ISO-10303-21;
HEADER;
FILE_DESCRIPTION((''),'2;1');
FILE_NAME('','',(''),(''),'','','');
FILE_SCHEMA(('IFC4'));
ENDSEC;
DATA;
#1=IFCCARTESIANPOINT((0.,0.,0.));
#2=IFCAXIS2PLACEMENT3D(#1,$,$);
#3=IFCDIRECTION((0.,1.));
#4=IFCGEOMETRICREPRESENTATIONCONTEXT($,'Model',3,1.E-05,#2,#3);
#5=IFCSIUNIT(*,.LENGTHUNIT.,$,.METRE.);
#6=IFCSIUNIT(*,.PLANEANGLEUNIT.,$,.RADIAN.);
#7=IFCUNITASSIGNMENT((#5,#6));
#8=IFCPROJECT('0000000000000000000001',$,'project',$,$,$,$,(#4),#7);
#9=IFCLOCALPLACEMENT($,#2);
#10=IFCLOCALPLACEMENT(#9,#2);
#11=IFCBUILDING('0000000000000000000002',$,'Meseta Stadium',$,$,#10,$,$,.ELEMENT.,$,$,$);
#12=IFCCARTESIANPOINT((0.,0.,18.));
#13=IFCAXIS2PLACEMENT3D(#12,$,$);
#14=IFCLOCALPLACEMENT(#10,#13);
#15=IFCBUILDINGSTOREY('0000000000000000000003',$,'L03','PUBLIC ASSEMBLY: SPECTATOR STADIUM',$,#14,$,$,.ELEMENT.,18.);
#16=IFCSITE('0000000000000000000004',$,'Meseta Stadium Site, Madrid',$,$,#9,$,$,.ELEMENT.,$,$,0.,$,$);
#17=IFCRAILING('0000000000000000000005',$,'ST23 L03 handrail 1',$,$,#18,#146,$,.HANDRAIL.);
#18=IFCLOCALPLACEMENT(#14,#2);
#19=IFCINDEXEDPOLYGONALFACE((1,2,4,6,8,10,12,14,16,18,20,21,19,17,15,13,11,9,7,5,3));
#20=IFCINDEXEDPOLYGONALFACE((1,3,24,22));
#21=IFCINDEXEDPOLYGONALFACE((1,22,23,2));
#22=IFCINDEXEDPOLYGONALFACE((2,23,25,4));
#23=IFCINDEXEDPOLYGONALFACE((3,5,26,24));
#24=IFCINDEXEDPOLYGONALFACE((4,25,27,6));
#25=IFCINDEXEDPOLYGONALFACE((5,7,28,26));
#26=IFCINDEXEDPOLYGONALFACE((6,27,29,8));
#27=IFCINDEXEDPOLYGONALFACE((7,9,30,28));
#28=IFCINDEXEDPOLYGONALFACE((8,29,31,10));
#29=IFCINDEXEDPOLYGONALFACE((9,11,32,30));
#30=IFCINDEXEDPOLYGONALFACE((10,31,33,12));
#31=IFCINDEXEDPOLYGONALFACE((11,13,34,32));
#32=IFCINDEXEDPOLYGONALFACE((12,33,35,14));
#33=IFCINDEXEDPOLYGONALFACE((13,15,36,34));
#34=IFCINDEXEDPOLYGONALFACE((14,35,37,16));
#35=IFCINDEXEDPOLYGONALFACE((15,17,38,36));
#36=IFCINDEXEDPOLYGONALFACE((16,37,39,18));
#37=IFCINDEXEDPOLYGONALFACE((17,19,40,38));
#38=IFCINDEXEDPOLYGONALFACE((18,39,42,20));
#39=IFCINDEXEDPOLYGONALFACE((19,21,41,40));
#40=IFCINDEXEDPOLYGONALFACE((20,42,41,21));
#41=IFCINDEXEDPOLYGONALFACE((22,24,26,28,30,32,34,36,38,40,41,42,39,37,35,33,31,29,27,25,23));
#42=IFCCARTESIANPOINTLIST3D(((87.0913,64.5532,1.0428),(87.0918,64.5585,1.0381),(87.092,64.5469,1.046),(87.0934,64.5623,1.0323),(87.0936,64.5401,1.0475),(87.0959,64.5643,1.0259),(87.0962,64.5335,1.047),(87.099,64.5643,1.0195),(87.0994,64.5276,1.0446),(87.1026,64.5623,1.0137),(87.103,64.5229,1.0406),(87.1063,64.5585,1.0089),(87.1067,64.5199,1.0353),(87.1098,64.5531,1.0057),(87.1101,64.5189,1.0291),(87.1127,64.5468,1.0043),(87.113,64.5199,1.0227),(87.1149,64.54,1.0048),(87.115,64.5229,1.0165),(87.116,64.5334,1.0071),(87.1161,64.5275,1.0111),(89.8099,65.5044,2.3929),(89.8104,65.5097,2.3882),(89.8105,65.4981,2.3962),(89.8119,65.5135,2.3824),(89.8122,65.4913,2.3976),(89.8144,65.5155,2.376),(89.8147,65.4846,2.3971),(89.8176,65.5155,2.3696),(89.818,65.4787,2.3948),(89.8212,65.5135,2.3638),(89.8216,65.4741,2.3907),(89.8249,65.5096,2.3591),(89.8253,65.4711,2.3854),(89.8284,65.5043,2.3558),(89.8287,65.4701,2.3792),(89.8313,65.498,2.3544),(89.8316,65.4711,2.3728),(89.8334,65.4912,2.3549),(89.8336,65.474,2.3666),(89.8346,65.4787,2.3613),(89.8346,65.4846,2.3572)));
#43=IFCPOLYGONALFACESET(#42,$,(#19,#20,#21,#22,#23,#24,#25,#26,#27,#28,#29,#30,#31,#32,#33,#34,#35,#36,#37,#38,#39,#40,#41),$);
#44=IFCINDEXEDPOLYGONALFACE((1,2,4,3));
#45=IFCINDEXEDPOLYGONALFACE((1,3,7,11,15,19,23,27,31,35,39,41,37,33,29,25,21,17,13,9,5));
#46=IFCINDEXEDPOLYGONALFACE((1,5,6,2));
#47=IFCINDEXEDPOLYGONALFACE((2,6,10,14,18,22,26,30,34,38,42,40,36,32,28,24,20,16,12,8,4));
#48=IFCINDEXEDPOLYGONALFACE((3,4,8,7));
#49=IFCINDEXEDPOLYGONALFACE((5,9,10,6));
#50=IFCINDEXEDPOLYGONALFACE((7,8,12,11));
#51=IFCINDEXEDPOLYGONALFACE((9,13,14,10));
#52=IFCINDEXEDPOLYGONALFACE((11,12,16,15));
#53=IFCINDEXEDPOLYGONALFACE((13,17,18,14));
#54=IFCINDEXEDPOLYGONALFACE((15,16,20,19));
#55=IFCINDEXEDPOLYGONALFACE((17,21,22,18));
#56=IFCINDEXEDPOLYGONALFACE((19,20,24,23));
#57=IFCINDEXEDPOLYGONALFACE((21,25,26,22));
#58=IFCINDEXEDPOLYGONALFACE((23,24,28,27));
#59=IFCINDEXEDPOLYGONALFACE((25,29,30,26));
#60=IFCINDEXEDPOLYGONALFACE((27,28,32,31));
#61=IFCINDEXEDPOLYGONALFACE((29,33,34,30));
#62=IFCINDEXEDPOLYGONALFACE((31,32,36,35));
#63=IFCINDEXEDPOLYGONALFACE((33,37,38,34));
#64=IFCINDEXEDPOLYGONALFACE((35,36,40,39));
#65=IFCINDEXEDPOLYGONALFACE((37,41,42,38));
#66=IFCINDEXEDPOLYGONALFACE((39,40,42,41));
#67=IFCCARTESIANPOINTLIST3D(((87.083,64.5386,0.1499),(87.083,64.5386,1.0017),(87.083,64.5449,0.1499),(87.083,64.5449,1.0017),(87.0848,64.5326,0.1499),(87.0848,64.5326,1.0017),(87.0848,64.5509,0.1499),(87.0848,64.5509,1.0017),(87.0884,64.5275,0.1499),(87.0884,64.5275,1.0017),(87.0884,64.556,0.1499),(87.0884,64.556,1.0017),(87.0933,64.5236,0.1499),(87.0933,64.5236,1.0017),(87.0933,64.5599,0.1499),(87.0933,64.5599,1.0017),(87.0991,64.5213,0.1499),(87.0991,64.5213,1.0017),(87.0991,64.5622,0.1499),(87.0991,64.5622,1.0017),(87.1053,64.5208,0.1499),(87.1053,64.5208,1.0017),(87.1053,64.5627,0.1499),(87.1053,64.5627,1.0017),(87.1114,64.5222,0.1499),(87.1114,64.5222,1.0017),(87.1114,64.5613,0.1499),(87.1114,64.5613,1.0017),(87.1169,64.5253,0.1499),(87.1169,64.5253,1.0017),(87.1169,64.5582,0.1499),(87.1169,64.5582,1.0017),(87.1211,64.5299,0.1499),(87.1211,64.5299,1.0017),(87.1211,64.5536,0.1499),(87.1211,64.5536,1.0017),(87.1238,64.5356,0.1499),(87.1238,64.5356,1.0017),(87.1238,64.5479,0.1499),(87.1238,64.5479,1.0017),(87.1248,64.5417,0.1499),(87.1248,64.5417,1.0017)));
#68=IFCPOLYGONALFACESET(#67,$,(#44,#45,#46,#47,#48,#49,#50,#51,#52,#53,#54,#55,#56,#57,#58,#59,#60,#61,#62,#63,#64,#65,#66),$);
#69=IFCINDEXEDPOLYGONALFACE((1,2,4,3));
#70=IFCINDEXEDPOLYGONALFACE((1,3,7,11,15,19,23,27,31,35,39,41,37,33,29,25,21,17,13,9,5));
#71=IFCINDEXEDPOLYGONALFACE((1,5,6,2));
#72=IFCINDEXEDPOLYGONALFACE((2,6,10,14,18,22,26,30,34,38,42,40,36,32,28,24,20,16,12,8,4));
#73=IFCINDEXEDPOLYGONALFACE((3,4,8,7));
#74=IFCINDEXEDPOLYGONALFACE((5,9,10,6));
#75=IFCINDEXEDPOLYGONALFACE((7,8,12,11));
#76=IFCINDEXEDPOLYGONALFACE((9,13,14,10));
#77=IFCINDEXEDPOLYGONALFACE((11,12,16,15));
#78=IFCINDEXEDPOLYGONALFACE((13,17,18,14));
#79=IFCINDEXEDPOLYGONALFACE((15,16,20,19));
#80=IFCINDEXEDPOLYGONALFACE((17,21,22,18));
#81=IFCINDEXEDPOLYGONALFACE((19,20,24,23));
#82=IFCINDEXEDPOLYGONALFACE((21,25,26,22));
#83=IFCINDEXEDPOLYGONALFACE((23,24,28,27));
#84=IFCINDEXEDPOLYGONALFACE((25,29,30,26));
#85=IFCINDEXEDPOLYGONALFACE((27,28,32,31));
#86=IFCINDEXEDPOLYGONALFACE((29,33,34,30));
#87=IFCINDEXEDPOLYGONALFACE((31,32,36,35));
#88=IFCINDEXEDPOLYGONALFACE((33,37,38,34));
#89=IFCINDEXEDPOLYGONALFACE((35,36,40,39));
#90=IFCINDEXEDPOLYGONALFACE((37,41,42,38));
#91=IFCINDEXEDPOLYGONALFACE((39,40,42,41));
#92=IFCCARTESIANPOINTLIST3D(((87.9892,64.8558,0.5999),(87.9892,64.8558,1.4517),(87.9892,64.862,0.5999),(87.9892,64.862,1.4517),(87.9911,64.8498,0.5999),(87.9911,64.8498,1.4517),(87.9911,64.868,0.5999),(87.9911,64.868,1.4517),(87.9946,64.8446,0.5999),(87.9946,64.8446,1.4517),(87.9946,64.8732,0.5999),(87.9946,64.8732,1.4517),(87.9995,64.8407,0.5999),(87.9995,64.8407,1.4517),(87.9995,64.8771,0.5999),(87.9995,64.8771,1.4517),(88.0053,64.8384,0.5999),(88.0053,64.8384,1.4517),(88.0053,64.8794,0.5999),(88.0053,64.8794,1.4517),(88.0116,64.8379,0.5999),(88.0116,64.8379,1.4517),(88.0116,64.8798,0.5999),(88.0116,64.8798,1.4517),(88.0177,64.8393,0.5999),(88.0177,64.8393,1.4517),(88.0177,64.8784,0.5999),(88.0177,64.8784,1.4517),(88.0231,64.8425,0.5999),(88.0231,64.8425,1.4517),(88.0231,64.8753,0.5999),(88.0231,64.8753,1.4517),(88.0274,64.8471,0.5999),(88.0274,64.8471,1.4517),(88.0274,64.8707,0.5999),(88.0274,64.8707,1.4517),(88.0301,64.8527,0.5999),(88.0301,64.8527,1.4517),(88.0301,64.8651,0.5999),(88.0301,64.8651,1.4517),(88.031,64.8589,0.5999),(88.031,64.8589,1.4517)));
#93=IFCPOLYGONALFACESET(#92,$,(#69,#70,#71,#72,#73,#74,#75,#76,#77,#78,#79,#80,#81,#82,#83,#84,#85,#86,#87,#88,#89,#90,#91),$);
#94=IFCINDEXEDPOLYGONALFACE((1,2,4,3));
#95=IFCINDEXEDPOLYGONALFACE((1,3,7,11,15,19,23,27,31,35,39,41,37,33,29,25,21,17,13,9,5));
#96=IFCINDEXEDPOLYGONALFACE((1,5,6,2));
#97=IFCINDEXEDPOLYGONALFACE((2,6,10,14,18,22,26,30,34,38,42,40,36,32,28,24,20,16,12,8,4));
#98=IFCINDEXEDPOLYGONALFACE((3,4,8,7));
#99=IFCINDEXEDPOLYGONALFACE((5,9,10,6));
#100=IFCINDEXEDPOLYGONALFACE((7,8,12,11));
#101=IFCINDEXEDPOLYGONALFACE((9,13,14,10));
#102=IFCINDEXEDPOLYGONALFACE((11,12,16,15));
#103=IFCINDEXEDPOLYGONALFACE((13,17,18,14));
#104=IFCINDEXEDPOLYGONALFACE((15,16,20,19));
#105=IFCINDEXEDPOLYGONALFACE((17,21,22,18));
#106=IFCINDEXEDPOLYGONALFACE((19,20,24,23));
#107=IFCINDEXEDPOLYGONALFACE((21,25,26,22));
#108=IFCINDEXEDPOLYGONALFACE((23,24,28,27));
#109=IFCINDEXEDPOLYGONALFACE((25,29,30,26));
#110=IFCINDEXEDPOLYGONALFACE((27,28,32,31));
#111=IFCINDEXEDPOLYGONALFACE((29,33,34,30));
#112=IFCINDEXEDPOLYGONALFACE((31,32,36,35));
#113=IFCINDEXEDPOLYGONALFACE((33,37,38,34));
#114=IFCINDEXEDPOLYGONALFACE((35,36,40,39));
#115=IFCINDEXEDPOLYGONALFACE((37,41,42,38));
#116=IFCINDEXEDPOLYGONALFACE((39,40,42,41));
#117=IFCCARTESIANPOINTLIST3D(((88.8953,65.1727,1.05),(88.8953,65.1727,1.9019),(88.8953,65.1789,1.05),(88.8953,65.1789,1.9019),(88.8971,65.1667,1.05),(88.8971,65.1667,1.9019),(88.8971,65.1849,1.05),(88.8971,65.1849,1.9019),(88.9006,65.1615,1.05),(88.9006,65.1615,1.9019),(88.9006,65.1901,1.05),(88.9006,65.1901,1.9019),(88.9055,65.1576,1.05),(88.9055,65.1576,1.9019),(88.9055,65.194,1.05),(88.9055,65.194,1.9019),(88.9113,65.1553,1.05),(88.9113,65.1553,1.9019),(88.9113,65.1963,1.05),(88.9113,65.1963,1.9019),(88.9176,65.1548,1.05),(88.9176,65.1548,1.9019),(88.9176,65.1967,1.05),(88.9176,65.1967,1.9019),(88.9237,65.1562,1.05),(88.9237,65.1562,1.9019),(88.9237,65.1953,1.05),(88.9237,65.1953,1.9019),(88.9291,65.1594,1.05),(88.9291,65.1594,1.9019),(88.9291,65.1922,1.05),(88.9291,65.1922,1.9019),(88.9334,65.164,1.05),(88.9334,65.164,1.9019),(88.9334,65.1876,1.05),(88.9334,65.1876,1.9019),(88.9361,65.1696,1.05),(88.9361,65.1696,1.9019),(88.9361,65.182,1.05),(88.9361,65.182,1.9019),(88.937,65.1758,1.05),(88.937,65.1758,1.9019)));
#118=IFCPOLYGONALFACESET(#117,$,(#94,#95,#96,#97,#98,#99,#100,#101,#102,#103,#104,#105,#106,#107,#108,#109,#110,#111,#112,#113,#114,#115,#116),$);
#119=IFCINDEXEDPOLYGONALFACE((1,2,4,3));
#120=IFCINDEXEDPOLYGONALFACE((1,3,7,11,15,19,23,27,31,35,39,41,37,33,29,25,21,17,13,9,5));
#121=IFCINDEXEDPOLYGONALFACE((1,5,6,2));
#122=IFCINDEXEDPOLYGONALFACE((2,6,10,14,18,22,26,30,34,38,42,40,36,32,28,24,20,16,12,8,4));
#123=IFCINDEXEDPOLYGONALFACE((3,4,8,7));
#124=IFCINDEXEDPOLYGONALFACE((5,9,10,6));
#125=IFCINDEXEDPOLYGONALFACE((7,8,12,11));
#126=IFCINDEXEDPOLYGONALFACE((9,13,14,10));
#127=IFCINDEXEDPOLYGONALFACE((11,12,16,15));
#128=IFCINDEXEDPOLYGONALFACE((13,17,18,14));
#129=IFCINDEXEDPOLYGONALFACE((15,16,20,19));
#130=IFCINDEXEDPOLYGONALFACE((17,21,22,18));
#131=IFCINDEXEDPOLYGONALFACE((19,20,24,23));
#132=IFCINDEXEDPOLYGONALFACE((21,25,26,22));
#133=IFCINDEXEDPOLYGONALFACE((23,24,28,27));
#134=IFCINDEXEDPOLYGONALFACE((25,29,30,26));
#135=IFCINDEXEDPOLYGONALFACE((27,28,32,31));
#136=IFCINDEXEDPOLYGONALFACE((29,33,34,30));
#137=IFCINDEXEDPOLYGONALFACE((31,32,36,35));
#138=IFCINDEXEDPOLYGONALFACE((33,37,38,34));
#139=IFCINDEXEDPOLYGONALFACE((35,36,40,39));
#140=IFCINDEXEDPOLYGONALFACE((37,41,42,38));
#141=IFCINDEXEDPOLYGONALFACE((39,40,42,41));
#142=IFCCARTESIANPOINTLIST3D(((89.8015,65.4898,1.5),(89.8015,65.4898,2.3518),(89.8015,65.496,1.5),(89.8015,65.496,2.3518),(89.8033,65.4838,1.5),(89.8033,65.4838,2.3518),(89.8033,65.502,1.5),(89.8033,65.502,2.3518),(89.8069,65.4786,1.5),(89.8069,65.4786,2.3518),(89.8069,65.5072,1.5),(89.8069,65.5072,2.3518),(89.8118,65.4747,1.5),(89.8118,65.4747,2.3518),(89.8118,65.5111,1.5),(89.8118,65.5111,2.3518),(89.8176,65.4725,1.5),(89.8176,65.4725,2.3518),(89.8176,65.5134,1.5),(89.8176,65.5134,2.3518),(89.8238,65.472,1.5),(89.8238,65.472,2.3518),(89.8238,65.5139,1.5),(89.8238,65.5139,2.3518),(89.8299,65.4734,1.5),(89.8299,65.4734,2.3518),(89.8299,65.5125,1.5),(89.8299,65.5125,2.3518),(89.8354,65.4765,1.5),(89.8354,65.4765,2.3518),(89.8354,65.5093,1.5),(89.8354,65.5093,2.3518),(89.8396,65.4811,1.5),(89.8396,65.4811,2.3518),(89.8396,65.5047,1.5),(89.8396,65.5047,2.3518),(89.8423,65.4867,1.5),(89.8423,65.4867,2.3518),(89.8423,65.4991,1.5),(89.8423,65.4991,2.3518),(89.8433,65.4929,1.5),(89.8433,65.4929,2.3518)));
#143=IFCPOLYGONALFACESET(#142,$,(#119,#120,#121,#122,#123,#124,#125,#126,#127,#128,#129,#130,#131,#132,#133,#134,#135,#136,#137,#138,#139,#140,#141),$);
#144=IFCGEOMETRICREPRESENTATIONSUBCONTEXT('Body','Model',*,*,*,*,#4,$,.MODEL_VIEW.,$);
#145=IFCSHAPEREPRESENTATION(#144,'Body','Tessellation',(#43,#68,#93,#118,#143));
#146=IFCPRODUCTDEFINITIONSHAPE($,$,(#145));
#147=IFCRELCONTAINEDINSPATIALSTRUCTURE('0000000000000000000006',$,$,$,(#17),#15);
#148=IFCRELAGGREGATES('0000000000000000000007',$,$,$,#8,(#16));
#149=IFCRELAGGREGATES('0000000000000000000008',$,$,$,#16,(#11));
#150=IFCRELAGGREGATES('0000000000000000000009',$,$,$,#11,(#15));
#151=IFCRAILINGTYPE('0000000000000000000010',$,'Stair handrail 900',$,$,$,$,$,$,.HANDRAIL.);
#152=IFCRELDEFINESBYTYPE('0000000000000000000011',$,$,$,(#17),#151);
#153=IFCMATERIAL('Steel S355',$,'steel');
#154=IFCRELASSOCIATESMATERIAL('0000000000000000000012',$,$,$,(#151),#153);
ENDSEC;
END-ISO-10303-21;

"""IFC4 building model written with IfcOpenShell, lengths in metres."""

from ifc_helpers import new_model, si_unit, direction, frame, origin, origin_2d, place, context, subcontext, project, spatial, circle, extrude, material, type_object, element, save


model = new_model("IFC4")

# Units and contexts
model_context = context("Model", 3, precision=1e-05, world=origin(), true_north=direction((0.0, 1.0)))
body_context = subcontext(model_context, "Body", "Model", "MODEL_VIEW")
ifc_project = project(units=[si_unit("LENGTHUNIT", "METRE"), si_unit("PLANEANGLEUNIT", "RADIAN")], contexts=[model_context])

# Site, building, storey
site_placement = place(None, origin())
site = spatial("IfcSite", under=ifc_project, at=site_placement, Name="Meseta Stadium Site, Madrid", CompositionType="ELEMENT", RefElevation=0.0)
building_placement = place(site_placement, origin())
building = spatial("IfcBuilding", under=site, at=building_placement, Name="Meseta Stadium", CompositionType="ELEMENT")
storey_placement = place(building_placement, frame((0.0, 0.0, 18.0)))
storey = spatial("IfcBuildingStorey", under=building, at=storey_placement, Name="L03", Description="PUBLIC ASSEMBLY: SPECTATOR STADIUM", CompositionType="ELEMENT", Elevation=18.0)

# Railing
ifc_material_1 = material(Name="Steel S355", Category="steel")
railing_type_1 = type_object("IfcRailingType", Name="Stair handrail 900", PredefinedType="HANDRAIL", material=ifc_material_1)
for number, where, name in (
    (1, (87.1038, 64.5417, 0.1499), "ST23 L03 handrail 1"),
):
    element("IfcRailing", number, at=place(storey_placement, frame(where)), inside=storey, type_object=railing_type_1, Name=name, PredefinedType="HANDRAIL", context=body_context, shape_type="SweptSolid", body=[
        extrude(circle(Radius=0.0239, at=origin_2d()), frame((0.0, 0.0, 0.876), z_axis=(0.854649, 0.299031, 0.424446), x_axis=(-0.330256, 0.943891, 0.0)), (0.0, 0.0, 1.0), 3.1809),
        extrude(circle(Radius=0.021, at=origin_2d()), origin(), (0.0, 0.0, 1.0), 0.8518),
        extrude(circle(Radius=0.021, at=origin_2d()), frame((0.9062, 0.3171, 0.45)), (0.0, 0.0, 1.0), 0.8518),
        extrude(circle(Radius=0.021, at=origin_2d()), frame((1.8123, 0.634, 0.9001)), (0.0, 0.0, 1.0), 0.8518),
        extrude(circle(Radius=0.021, at=origin_2d()), frame((2.7185, 0.9512, 1.3501)), (0.0, 0.0, 1.0), 0.8518),
    ])

save(model, "model.ifc")
